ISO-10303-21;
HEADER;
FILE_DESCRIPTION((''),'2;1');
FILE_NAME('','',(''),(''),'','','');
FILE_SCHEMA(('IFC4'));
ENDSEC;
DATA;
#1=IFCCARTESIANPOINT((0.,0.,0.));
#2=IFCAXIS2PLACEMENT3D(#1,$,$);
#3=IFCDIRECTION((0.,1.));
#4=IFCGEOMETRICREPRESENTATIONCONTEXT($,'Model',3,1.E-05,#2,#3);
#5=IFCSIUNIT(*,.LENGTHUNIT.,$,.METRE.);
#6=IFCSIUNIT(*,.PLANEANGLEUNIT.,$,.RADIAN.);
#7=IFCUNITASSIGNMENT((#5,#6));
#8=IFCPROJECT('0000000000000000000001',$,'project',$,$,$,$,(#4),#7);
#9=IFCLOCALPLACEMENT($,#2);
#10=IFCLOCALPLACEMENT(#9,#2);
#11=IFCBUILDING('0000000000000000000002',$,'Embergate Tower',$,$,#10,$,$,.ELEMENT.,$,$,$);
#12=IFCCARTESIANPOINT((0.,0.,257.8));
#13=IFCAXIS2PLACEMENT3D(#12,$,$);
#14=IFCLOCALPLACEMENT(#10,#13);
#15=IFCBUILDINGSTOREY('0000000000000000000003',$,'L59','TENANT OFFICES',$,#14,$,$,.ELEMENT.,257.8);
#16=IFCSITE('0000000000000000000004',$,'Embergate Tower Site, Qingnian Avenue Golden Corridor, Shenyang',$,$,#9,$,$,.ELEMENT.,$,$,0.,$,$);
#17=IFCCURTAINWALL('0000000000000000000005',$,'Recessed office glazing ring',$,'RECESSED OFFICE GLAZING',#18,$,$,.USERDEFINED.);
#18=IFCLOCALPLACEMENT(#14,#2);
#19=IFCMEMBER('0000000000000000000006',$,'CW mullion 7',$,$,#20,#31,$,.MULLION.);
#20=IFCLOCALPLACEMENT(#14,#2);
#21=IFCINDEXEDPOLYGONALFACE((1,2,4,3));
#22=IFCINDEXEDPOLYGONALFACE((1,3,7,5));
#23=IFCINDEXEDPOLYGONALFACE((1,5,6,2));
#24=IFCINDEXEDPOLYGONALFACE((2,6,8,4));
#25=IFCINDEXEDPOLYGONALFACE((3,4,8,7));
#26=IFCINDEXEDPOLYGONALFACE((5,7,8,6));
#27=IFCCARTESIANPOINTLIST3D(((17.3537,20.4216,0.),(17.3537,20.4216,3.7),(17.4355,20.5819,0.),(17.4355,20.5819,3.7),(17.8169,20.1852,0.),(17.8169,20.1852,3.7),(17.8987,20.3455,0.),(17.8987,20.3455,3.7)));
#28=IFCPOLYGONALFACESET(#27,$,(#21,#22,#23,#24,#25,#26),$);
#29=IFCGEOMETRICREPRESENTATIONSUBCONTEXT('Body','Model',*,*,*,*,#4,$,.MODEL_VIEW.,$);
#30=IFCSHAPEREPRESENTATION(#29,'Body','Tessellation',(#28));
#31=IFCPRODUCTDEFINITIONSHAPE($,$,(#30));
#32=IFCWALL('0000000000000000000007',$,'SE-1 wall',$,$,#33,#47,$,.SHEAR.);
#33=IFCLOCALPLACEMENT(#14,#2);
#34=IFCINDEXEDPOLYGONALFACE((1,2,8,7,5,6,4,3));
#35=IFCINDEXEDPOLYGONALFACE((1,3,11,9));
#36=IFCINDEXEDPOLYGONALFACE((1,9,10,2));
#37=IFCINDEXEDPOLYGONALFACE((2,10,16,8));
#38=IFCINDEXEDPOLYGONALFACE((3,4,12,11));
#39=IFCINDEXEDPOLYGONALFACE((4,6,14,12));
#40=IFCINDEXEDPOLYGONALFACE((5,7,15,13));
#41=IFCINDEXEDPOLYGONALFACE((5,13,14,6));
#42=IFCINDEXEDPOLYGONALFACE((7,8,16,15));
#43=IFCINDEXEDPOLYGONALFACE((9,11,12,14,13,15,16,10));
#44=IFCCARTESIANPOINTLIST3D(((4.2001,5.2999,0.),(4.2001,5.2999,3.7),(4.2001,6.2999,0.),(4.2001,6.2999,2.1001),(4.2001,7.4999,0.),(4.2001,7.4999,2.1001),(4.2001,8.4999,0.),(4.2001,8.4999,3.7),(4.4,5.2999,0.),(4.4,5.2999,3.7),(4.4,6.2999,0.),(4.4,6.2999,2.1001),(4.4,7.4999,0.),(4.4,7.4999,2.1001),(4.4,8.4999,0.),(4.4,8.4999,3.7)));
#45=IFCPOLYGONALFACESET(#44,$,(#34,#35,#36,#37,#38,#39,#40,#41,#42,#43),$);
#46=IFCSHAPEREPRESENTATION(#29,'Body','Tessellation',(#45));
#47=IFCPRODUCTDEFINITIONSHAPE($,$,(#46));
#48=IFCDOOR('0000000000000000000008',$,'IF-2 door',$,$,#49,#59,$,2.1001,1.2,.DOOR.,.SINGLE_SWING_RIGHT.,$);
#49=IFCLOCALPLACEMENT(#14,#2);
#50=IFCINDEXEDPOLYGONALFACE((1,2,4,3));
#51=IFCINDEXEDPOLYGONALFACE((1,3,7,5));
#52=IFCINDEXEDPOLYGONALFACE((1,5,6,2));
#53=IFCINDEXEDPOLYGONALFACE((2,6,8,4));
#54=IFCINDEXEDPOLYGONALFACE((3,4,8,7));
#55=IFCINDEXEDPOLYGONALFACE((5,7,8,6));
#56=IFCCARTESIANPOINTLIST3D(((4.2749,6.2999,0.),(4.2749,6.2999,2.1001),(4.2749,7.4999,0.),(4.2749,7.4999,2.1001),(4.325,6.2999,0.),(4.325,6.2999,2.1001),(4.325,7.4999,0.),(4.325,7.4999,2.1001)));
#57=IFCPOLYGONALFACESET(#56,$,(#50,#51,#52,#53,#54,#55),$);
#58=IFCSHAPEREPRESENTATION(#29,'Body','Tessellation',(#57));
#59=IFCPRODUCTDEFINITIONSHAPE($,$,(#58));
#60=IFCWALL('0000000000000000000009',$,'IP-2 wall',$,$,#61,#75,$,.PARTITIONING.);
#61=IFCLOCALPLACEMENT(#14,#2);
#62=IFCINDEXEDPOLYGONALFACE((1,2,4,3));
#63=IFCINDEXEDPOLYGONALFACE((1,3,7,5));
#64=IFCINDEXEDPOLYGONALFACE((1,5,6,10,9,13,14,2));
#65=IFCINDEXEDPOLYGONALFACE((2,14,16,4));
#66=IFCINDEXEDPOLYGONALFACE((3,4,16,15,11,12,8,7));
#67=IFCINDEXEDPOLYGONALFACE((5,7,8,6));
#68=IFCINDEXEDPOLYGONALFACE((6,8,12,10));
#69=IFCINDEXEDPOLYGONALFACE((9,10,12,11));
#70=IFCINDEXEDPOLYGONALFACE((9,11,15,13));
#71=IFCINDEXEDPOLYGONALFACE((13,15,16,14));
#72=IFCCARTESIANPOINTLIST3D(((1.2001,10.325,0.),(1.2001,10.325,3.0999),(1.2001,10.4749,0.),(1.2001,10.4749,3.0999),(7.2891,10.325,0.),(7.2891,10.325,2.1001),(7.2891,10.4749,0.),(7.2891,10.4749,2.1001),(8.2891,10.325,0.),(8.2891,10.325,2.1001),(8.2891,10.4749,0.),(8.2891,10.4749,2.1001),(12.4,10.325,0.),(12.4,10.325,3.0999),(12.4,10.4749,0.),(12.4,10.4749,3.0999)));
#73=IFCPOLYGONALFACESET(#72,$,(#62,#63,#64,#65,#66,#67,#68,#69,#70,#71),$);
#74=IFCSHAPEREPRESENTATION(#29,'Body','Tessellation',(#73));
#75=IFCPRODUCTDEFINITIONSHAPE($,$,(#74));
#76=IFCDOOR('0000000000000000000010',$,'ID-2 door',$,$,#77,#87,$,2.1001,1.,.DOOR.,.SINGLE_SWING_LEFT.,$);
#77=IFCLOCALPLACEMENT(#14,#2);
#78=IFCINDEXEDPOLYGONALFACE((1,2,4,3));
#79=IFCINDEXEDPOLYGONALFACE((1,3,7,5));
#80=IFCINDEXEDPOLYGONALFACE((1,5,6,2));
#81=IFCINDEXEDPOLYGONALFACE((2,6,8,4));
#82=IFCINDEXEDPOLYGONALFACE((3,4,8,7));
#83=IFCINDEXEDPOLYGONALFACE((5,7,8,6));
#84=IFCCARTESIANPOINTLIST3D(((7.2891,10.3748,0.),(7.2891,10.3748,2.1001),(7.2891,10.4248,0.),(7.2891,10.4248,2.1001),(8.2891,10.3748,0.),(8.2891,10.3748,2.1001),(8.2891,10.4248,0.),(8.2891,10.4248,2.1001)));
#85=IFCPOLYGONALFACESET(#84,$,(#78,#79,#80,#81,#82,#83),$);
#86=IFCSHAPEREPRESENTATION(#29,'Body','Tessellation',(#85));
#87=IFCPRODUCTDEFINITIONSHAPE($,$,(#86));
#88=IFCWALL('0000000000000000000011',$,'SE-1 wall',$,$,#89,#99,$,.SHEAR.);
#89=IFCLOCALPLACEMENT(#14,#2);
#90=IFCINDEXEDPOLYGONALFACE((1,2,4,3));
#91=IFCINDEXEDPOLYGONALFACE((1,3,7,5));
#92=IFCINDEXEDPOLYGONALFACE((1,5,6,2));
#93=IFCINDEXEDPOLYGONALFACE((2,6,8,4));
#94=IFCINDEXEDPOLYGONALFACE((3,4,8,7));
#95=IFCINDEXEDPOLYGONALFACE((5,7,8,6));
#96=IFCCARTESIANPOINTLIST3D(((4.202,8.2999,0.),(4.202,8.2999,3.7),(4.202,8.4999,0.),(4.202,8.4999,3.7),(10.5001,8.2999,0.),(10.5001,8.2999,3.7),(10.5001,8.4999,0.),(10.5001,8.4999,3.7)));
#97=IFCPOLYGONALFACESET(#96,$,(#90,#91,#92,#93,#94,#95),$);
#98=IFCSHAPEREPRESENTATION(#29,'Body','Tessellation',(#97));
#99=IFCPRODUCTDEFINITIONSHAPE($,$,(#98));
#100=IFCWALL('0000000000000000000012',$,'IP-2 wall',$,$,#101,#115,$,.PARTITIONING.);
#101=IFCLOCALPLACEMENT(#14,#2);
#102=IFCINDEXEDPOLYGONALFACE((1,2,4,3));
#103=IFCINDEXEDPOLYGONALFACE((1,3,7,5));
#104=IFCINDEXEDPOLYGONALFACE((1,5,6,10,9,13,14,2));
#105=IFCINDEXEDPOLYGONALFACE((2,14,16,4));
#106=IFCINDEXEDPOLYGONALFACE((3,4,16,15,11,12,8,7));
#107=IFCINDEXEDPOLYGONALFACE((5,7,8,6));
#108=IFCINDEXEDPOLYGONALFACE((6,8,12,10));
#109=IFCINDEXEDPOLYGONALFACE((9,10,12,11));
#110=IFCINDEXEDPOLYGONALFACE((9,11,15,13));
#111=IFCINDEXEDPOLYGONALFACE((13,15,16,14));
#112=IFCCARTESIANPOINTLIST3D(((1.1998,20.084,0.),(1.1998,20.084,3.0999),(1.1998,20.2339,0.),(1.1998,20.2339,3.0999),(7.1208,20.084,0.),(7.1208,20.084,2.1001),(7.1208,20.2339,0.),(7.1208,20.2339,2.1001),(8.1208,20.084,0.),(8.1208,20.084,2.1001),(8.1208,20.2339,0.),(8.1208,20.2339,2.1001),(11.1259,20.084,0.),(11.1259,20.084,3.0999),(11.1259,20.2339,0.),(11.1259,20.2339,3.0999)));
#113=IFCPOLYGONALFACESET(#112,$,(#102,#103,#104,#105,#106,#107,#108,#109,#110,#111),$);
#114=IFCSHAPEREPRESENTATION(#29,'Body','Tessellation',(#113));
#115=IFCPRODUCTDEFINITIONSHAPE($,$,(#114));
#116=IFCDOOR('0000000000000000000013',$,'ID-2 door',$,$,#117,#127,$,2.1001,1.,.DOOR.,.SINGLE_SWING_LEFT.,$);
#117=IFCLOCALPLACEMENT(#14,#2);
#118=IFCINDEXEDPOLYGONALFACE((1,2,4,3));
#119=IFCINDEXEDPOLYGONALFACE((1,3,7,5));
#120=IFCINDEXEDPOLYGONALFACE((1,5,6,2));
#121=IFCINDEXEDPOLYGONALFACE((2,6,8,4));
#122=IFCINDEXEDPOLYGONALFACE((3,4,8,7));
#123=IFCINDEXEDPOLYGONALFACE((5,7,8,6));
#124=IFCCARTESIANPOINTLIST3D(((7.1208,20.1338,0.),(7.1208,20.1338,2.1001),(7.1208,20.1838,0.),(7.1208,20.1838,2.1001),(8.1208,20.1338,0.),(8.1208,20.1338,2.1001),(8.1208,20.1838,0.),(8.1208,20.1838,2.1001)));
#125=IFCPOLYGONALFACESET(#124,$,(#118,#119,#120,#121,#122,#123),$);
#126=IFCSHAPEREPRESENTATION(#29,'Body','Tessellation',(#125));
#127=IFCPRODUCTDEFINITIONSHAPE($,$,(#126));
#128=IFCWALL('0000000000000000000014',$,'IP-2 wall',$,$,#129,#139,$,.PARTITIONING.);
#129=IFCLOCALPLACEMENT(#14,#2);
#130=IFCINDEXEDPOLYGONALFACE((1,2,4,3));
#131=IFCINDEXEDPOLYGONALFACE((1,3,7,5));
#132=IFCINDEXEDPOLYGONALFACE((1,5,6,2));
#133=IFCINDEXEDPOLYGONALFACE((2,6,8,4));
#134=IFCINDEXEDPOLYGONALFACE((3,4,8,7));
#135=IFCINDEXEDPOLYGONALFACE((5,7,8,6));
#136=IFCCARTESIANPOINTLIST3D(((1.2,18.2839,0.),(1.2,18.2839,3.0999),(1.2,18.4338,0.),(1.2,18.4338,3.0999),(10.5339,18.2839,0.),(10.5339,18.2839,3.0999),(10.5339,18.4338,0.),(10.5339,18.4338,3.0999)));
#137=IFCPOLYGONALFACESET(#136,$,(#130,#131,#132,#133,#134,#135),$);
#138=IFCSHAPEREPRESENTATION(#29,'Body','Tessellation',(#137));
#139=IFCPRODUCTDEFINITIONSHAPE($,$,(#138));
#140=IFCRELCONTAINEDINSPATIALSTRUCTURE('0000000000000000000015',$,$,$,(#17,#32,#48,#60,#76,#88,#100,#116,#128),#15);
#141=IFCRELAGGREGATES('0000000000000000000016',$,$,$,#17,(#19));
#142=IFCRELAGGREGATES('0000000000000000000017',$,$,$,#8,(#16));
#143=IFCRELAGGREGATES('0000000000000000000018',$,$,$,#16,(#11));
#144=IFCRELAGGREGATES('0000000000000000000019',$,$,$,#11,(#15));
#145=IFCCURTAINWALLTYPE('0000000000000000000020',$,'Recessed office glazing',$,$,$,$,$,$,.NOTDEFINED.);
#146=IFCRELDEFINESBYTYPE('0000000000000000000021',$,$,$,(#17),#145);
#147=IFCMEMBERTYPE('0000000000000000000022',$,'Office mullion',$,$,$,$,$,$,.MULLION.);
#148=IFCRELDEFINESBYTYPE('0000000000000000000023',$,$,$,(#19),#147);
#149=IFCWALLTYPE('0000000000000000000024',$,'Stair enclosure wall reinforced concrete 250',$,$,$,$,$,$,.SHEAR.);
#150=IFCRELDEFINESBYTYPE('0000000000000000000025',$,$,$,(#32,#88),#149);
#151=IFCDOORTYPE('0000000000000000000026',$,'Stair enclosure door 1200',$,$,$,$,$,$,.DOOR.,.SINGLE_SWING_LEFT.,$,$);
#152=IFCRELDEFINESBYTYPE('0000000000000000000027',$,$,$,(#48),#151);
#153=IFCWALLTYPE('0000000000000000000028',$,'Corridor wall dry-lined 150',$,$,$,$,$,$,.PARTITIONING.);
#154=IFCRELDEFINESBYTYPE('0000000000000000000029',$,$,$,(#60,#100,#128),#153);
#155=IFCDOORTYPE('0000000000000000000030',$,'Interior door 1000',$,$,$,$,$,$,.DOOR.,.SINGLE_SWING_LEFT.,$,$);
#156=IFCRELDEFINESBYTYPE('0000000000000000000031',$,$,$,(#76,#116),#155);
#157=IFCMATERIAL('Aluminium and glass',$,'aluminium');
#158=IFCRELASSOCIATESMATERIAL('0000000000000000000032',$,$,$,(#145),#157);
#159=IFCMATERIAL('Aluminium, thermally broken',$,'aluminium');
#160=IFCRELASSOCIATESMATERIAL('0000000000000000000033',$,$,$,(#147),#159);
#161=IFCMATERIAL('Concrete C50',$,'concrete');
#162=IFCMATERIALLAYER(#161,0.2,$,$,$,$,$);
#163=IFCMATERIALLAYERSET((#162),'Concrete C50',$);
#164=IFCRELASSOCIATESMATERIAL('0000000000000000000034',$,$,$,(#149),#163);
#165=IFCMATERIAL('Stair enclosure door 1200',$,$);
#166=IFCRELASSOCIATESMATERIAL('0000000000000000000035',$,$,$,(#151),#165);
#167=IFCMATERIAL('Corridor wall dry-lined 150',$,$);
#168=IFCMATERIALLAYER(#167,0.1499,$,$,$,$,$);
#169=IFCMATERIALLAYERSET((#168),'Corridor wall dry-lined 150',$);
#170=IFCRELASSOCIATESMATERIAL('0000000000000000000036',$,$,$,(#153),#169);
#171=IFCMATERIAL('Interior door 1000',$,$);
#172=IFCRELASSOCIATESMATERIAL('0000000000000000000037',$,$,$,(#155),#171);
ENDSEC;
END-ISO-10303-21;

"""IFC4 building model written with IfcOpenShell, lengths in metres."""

from ifc_helpers import new_model, si_unit, direction, frame, frame_2d, origin, origin_2d, place, context, subcontext, project, spatial, rectangle, extrude, source, transform, mapped, material, layer, layer_set, material_profile, profile_set, type_object, element, fill, aggregate, save


model = new_model("IFC4")

# Units and contexts
model_context = context("Model", 3, precision=1e-05, world=origin(), true_north=direction((0.0, 1.0)))
body_context = subcontext(model_context, "Body", "Model", "MODEL_VIEW")
ifc_project = project(units=[si_unit("LENGTHUNIT", "METRE"), si_unit("PLANEANGLEUNIT", "RADIAN")], contexts=[model_context])

# Site, building, storey
site_placement = place(None, origin())
site = spatial("IfcSite", under=ifc_project, at=site_placement, Name="Embergate Tower Site, Qingnian Avenue Golden Corridor, Shenyang", CompositionType="ELEMENT", RefElevation=0.0)
building_placement = place(site_placement, origin())
building = spatial("IfcBuilding", under=site, at=building_placement, Name="Embergate Tower", CompositionType="ELEMENT")
storey_placement = place(building_placement, frame((0.0, 0.0, 257.8)))
storey = spatial("IfcBuildingStorey", under=building, at=storey_placement, Name="L59", Description="TENANT OFFICES", CompositionType="ELEMENT", Elevation=257.8)

# Curtain wall, member
ifc_material_1 = material(Name="Aluminium and glass", Category="aluminium")
curtain_wall_type = type_object("IfcCurtainWallType", Name="Recessed office glazing", PredefinedType="NOTDEFINED", material=ifc_material_1)
curtain_wall_placement = place(storey_placement, origin())
curtain_wall = element("IfcCurtainWall", 1, at=curtain_wall_placement, inside=storey, type_object=curtain_wall_type, Name="Recessed office glazing ring", ObjectType="RECESSED OFFICE GLAZING", PredefinedType="USERDEFINED")
ifc_material_2 = material(Name="Aluminium, thermally broken", Category="aluminium")
ifc_material_profile = material_profile(ifc_material_2, rectangle(XDim=0.1799, YDim=0.52, at=origin_2d()), Name="AL 520x180")
ifc_profile_set = profile_set([ifc_material_profile], Name="Aluminium, thermally broken")
member_type = type_object("IfcMemberType", Name="Office mullion", PredefinedType="MULLION", material=ifc_profile_set)
shared_shape_1 = source(origin(), body_context, "Body", "SweptSolid", [
    extrude(rectangle(XDim=0.1799, YDim=0.52, at=origin_2d()), origin(), (0.0, 0.0, 1.0), 3.7),
])
member_placement = place(storey_placement, frame((17.6262, 20.3835, 0.0), z_axis=(0.0, 0.0, 1.0), x_axis=(-0.454505, -0.890744, 0.0)))
member = element("IfcMember", 2, at=member_placement, type_object=member_type, Name="CW mullion 7", PredefinedType="MULLION", context=body_context, shape_type="MappedRepresentation", body=[
    mapped(shared_shape_1, transform((0.0, 0.0, 0.0))),
])
aggregate(curtain_wall, [member])

# Walls, openings, doors
ifc_material_3 = material(Name="Concrete C50", Category="concrete")
ifc_layer_1 = layer(ifc_material_3, 0.2)
ifc_layer_set_1 = layer_set([ifc_layer_1], Name="Concrete C50")
wall_type_1 = type_object("IfcWallType", Name="Stair enclosure wall reinforced concrete 250", PredefinedType="SHEAR", material=ifc_layer_set_1)
shared_shape_2 = source(origin(), body_context, "Body", "SweptSolid", [
    extrude(rectangle(XDim=3.2, YDim=0.2, at=frame_2d((1.6001, 0.0))), origin(), (0.0, 0.0, 1.0), 3.7),
])
wall_1_placement = place(storey_placement, frame((4.3, 8.5, 0.0), z_axis=(0.0, 0.0, 1.0), x_axis=(0.0, -1.0, 0.0)))
wall_1 = element("IfcWall", 3, at=wall_1_placement, inside=storey, type_object=wall_type_1, Name="SE-1 wall", PredefinedType="SHEAR", context=body_context, shape_type="MappedRepresentation", body=[
    mapped(shared_shape_2, transform((0.0, 0.0, 0.0))),
])
shared_shape_3 = source(origin(), body_context, "Body", "SweptSolid", [
    extrude(rectangle(XDim=1.2, YDim=2.1001, at=frame_2d((0.6001, 1.05))), frame((0.0, 0.1099, 0.0), z_axis=(0.0, -1.0, 0.0), x_axis=(1.0, 0.0, 0.0)), (0.0, 0.0, 1.0), 0.22),
])
opening_1_placement = place(wall_1_placement, frame((1.0, 0.0, 0.0)))
opening_1 = element("IfcOpeningElement", 4, at=opening_1_placement, cuts=wall_1, PredefinedType="OPENING", context=body_context, shape_type="MappedRepresentation", body=[
    mapped(shared_shape_3, transform((0.0, 0.0, 0.0))),
])
ifc_material_4 = material(Name="Stair enclosure door 1200")
door_type_1 = type_object("IfcDoorType", Name="Stair enclosure door 1200", OperationType="SINGLE_SWING_LEFT", PredefinedType="DOOR", material=ifc_material_4)
shared_shape_4 = source(origin(), body_context, "Body", "SweptSolid", [
    extrude(rectangle(XDim=1.2, YDim=2.1001, at=frame_2d((0.6001, 1.05))), frame((0.0, 0.0249, 0.0), z_axis=(0.0, -1.0, 0.0), x_axis=(1.0, 0.0, 0.0)), (0.0, 0.0, 1.0), 0.05),
])
door_1_placement = place(opening_1_placement, origin())
door_1 = element("IfcDoor", 5, at=door_1_placement, inside=storey, type_object=door_type_1, Name="IF-2 door", OperationType="SINGLE_SWING_RIGHT", OverallHeight=2.1001, OverallWidth=1.2, PredefinedType="DOOR", context=body_context, shape_type="MappedRepresentation", body=[
    mapped(shared_shape_4, transform((0.0, 0.0, 0.0))),
])
fill(opening_1, door_1)
ifc_material_5 = material(Name="Corridor wall dry-lined 150")
ifc_layer_2 = layer(ifc_material_5, 0.1499)
ifc_layer_set_2 = layer_set([ifc_layer_2], Name="Corridor wall dry-lined 150")
wall_type_2 = type_object("IfcWallType", Name="Corridor wall dry-lined 150", PredefinedType="PARTITIONING", material=ifc_layer_set_2)
shared_shape_5 = source(origin(), body_context, "Body", "SweptSolid", [
    extrude(rectangle(XDim=11.2, YDim=0.1499, at=frame_2d((5.6001, 0.0))), origin(), (0.0, 0.0, 1.0), 3.0999),
])
wall_2_placement = place(storey_placement, frame((1.2, 10.3999, 0.0), z_axis=(0.0, 0.0, 1.0), x_axis=(1.0, 0.0, 0.0)))
wall_2 = element("IfcWall", 6, at=wall_2_placement, inside=storey, type_object=wall_type_2, Name="IP-2 wall", PredefinedType="PARTITIONING", context=body_context, shape_type="MappedRepresentation", body=[
    mapped(shared_shape_5, transform((0.0, 0.0, 0.0))),
])
shared_shape_6 = source(origin(), body_context, "Body", "SweptSolid", [
    extrude(rectangle(XDim=1.0, YDim=2.1001, at=frame_2d((0.5, 1.05))), frame((0.0, 0.085, 0.0), z_axis=(0.0, -1.0, 0.0), x_axis=(1.0, 0.0, 0.0)), (0.0, 0.0, 1.0), 0.1699),
])
opening_2_placement = place(wall_2_placement, frame((6.0891, 0.0, 0.0)))
opening_2 = element("IfcOpeningElement", 7, at=opening_2_placement, cuts=wall_2, PredefinedType="OPENING", context=body_context, shape_type="MappedRepresentation", body=[
    mapped(shared_shape_6, transform((0.0, 0.0, 0.0))),
])
ifc_material_6 = material(Name="Interior door 1000")
door_type_2 = type_object("IfcDoorType", Name="Interior door 1000", OperationType="SINGLE_SWING_LEFT", PredefinedType="DOOR", material=ifc_material_6)
shared_shape_7 = source(origin(), body_context, "Body", "SweptSolid", [
    extrude(rectangle(XDim=1.0, YDim=2.1001, at=frame_2d((0.5, 1.05))), frame((0.0, 0.0249, 0.0), z_axis=(0.0, -1.0, 0.0), x_axis=(1.0, 0.0, 0.0)), (0.0, 0.0, 1.0), 0.05),
])
door_2_placement = place(opening_2_placement, origin())
door_2 = element("IfcDoor", 8, at=door_2_placement, inside=storey, type_object=door_type_2, Name="ID-2 door", OperationType="SINGLE_SWING_LEFT", OverallHeight=2.1001, OverallWidth=1.0, PredefinedType="DOOR", context=body_context, shape_type="MappedRepresentation", body=[
    mapped(shared_shape_7, transform((0.0, 0.0, 0.0))),
])
fill(opening_2, door_2)

# Wall
shared_shape_8 = source(origin(), body_context, "Body", "SweptSolid", [
    extrude(rectangle(XDim=6.2981, YDim=0.2, at=frame_2d((3.1489, 0.0))), origin(), (0.0, 0.0, 1.0), 3.7),
])
wall_3_placement = place(storey_placement, frame((10.5, 8.3999, 0.0), z_axis=(0.0, 0.0, 1.0), x_axis=(-1.0, 0.0, 0.0)))
element("IfcWall", 9, at=wall_3_placement, inside=storey, type_object=wall_type_1, Name="SE-1 wall", PredefinedType="SHEAR", context=body_context, shape_type="MappedRepresentation", body=[
    mapped(shared_shape_8, transform((0.0, 0.0, 0.0))),
])

# Wall, opening, door
shared_shape_9 = source(origin(), body_context, "Body", "SweptSolid", [
    extrude(rectangle(XDim=9.926, YDim=0.1499, at=frame_2d((4.9629, 0.0))), origin(), (0.0, 0.0, 1.0), 3.0999),
])
wall_4_placement = place(storey_placement, frame((1.2, 20.1589, 0.0), z_axis=(0.0, 0.0, 1.0), x_axis=(1.0, 0.0, 0.0)))
wall_4 = element("IfcWall", 10, at=wall_4_placement, inside=storey, type_object=wall_type_2, Name="IP-2 wall", PredefinedType="PARTITIONING", context=body_context, shape_type="MappedRepresentation", body=[
    mapped(shared_shape_9, transform((0.0, 0.0, 0.0))),
])
opening_3_placement = place(wall_4_placement, frame((5.9209, 0.0, 0.0)))
opening_3 = element("IfcOpeningElement", 11, at=opening_3_placement, cuts=wall_4, PredefinedType="OPENING", context=body_context, shape_type="MappedRepresentation", body=[
    mapped(shared_shape_6, transform((0.0, 0.0, 0.0))),
])
door_3_placement = place(opening_3_placement, origin())
door_3 = element("IfcDoor", 12, at=door_3_placement, inside=storey, type_object=door_type_2, Name="ID-2 door", OperationType="SINGLE_SWING_LEFT", OverallHeight=2.1001, OverallWidth=1.0, PredefinedType="DOOR", context=body_context, shape_type="MappedRepresentation", body=[
    mapped(shared_shape_7, transform((0.0, 0.0, 0.0))),
])
fill(opening_3, door_3)

# Wall
shared_shape_10 = source(origin(), body_context, "Body", "SweptSolid", [
    extrude(rectangle(XDim=9.334, YDim=0.1499, at=frame_2d((4.667, 0.0))), origin(), (0.0, 0.0, 1.0), 3.0999),
])
wall_5_placement = place(storey_placement, frame((10.5339, 18.3589, 0.0), z_axis=(0.0, 0.0, 1.0), x_axis=(-1.0, 0.0, 0.0)))
element("IfcWall", 13, at=wall_5_placement, inside=storey, type_object=wall_type_2, Name="IP-2 wall", PredefinedType="PARTITIONING", context=body_context, shape_type="MappedRepresentation", body=[
    mapped(shared_shape_10, transform((0.0, 0.0, 0.0))),
])

save(model, "model.ifc")
